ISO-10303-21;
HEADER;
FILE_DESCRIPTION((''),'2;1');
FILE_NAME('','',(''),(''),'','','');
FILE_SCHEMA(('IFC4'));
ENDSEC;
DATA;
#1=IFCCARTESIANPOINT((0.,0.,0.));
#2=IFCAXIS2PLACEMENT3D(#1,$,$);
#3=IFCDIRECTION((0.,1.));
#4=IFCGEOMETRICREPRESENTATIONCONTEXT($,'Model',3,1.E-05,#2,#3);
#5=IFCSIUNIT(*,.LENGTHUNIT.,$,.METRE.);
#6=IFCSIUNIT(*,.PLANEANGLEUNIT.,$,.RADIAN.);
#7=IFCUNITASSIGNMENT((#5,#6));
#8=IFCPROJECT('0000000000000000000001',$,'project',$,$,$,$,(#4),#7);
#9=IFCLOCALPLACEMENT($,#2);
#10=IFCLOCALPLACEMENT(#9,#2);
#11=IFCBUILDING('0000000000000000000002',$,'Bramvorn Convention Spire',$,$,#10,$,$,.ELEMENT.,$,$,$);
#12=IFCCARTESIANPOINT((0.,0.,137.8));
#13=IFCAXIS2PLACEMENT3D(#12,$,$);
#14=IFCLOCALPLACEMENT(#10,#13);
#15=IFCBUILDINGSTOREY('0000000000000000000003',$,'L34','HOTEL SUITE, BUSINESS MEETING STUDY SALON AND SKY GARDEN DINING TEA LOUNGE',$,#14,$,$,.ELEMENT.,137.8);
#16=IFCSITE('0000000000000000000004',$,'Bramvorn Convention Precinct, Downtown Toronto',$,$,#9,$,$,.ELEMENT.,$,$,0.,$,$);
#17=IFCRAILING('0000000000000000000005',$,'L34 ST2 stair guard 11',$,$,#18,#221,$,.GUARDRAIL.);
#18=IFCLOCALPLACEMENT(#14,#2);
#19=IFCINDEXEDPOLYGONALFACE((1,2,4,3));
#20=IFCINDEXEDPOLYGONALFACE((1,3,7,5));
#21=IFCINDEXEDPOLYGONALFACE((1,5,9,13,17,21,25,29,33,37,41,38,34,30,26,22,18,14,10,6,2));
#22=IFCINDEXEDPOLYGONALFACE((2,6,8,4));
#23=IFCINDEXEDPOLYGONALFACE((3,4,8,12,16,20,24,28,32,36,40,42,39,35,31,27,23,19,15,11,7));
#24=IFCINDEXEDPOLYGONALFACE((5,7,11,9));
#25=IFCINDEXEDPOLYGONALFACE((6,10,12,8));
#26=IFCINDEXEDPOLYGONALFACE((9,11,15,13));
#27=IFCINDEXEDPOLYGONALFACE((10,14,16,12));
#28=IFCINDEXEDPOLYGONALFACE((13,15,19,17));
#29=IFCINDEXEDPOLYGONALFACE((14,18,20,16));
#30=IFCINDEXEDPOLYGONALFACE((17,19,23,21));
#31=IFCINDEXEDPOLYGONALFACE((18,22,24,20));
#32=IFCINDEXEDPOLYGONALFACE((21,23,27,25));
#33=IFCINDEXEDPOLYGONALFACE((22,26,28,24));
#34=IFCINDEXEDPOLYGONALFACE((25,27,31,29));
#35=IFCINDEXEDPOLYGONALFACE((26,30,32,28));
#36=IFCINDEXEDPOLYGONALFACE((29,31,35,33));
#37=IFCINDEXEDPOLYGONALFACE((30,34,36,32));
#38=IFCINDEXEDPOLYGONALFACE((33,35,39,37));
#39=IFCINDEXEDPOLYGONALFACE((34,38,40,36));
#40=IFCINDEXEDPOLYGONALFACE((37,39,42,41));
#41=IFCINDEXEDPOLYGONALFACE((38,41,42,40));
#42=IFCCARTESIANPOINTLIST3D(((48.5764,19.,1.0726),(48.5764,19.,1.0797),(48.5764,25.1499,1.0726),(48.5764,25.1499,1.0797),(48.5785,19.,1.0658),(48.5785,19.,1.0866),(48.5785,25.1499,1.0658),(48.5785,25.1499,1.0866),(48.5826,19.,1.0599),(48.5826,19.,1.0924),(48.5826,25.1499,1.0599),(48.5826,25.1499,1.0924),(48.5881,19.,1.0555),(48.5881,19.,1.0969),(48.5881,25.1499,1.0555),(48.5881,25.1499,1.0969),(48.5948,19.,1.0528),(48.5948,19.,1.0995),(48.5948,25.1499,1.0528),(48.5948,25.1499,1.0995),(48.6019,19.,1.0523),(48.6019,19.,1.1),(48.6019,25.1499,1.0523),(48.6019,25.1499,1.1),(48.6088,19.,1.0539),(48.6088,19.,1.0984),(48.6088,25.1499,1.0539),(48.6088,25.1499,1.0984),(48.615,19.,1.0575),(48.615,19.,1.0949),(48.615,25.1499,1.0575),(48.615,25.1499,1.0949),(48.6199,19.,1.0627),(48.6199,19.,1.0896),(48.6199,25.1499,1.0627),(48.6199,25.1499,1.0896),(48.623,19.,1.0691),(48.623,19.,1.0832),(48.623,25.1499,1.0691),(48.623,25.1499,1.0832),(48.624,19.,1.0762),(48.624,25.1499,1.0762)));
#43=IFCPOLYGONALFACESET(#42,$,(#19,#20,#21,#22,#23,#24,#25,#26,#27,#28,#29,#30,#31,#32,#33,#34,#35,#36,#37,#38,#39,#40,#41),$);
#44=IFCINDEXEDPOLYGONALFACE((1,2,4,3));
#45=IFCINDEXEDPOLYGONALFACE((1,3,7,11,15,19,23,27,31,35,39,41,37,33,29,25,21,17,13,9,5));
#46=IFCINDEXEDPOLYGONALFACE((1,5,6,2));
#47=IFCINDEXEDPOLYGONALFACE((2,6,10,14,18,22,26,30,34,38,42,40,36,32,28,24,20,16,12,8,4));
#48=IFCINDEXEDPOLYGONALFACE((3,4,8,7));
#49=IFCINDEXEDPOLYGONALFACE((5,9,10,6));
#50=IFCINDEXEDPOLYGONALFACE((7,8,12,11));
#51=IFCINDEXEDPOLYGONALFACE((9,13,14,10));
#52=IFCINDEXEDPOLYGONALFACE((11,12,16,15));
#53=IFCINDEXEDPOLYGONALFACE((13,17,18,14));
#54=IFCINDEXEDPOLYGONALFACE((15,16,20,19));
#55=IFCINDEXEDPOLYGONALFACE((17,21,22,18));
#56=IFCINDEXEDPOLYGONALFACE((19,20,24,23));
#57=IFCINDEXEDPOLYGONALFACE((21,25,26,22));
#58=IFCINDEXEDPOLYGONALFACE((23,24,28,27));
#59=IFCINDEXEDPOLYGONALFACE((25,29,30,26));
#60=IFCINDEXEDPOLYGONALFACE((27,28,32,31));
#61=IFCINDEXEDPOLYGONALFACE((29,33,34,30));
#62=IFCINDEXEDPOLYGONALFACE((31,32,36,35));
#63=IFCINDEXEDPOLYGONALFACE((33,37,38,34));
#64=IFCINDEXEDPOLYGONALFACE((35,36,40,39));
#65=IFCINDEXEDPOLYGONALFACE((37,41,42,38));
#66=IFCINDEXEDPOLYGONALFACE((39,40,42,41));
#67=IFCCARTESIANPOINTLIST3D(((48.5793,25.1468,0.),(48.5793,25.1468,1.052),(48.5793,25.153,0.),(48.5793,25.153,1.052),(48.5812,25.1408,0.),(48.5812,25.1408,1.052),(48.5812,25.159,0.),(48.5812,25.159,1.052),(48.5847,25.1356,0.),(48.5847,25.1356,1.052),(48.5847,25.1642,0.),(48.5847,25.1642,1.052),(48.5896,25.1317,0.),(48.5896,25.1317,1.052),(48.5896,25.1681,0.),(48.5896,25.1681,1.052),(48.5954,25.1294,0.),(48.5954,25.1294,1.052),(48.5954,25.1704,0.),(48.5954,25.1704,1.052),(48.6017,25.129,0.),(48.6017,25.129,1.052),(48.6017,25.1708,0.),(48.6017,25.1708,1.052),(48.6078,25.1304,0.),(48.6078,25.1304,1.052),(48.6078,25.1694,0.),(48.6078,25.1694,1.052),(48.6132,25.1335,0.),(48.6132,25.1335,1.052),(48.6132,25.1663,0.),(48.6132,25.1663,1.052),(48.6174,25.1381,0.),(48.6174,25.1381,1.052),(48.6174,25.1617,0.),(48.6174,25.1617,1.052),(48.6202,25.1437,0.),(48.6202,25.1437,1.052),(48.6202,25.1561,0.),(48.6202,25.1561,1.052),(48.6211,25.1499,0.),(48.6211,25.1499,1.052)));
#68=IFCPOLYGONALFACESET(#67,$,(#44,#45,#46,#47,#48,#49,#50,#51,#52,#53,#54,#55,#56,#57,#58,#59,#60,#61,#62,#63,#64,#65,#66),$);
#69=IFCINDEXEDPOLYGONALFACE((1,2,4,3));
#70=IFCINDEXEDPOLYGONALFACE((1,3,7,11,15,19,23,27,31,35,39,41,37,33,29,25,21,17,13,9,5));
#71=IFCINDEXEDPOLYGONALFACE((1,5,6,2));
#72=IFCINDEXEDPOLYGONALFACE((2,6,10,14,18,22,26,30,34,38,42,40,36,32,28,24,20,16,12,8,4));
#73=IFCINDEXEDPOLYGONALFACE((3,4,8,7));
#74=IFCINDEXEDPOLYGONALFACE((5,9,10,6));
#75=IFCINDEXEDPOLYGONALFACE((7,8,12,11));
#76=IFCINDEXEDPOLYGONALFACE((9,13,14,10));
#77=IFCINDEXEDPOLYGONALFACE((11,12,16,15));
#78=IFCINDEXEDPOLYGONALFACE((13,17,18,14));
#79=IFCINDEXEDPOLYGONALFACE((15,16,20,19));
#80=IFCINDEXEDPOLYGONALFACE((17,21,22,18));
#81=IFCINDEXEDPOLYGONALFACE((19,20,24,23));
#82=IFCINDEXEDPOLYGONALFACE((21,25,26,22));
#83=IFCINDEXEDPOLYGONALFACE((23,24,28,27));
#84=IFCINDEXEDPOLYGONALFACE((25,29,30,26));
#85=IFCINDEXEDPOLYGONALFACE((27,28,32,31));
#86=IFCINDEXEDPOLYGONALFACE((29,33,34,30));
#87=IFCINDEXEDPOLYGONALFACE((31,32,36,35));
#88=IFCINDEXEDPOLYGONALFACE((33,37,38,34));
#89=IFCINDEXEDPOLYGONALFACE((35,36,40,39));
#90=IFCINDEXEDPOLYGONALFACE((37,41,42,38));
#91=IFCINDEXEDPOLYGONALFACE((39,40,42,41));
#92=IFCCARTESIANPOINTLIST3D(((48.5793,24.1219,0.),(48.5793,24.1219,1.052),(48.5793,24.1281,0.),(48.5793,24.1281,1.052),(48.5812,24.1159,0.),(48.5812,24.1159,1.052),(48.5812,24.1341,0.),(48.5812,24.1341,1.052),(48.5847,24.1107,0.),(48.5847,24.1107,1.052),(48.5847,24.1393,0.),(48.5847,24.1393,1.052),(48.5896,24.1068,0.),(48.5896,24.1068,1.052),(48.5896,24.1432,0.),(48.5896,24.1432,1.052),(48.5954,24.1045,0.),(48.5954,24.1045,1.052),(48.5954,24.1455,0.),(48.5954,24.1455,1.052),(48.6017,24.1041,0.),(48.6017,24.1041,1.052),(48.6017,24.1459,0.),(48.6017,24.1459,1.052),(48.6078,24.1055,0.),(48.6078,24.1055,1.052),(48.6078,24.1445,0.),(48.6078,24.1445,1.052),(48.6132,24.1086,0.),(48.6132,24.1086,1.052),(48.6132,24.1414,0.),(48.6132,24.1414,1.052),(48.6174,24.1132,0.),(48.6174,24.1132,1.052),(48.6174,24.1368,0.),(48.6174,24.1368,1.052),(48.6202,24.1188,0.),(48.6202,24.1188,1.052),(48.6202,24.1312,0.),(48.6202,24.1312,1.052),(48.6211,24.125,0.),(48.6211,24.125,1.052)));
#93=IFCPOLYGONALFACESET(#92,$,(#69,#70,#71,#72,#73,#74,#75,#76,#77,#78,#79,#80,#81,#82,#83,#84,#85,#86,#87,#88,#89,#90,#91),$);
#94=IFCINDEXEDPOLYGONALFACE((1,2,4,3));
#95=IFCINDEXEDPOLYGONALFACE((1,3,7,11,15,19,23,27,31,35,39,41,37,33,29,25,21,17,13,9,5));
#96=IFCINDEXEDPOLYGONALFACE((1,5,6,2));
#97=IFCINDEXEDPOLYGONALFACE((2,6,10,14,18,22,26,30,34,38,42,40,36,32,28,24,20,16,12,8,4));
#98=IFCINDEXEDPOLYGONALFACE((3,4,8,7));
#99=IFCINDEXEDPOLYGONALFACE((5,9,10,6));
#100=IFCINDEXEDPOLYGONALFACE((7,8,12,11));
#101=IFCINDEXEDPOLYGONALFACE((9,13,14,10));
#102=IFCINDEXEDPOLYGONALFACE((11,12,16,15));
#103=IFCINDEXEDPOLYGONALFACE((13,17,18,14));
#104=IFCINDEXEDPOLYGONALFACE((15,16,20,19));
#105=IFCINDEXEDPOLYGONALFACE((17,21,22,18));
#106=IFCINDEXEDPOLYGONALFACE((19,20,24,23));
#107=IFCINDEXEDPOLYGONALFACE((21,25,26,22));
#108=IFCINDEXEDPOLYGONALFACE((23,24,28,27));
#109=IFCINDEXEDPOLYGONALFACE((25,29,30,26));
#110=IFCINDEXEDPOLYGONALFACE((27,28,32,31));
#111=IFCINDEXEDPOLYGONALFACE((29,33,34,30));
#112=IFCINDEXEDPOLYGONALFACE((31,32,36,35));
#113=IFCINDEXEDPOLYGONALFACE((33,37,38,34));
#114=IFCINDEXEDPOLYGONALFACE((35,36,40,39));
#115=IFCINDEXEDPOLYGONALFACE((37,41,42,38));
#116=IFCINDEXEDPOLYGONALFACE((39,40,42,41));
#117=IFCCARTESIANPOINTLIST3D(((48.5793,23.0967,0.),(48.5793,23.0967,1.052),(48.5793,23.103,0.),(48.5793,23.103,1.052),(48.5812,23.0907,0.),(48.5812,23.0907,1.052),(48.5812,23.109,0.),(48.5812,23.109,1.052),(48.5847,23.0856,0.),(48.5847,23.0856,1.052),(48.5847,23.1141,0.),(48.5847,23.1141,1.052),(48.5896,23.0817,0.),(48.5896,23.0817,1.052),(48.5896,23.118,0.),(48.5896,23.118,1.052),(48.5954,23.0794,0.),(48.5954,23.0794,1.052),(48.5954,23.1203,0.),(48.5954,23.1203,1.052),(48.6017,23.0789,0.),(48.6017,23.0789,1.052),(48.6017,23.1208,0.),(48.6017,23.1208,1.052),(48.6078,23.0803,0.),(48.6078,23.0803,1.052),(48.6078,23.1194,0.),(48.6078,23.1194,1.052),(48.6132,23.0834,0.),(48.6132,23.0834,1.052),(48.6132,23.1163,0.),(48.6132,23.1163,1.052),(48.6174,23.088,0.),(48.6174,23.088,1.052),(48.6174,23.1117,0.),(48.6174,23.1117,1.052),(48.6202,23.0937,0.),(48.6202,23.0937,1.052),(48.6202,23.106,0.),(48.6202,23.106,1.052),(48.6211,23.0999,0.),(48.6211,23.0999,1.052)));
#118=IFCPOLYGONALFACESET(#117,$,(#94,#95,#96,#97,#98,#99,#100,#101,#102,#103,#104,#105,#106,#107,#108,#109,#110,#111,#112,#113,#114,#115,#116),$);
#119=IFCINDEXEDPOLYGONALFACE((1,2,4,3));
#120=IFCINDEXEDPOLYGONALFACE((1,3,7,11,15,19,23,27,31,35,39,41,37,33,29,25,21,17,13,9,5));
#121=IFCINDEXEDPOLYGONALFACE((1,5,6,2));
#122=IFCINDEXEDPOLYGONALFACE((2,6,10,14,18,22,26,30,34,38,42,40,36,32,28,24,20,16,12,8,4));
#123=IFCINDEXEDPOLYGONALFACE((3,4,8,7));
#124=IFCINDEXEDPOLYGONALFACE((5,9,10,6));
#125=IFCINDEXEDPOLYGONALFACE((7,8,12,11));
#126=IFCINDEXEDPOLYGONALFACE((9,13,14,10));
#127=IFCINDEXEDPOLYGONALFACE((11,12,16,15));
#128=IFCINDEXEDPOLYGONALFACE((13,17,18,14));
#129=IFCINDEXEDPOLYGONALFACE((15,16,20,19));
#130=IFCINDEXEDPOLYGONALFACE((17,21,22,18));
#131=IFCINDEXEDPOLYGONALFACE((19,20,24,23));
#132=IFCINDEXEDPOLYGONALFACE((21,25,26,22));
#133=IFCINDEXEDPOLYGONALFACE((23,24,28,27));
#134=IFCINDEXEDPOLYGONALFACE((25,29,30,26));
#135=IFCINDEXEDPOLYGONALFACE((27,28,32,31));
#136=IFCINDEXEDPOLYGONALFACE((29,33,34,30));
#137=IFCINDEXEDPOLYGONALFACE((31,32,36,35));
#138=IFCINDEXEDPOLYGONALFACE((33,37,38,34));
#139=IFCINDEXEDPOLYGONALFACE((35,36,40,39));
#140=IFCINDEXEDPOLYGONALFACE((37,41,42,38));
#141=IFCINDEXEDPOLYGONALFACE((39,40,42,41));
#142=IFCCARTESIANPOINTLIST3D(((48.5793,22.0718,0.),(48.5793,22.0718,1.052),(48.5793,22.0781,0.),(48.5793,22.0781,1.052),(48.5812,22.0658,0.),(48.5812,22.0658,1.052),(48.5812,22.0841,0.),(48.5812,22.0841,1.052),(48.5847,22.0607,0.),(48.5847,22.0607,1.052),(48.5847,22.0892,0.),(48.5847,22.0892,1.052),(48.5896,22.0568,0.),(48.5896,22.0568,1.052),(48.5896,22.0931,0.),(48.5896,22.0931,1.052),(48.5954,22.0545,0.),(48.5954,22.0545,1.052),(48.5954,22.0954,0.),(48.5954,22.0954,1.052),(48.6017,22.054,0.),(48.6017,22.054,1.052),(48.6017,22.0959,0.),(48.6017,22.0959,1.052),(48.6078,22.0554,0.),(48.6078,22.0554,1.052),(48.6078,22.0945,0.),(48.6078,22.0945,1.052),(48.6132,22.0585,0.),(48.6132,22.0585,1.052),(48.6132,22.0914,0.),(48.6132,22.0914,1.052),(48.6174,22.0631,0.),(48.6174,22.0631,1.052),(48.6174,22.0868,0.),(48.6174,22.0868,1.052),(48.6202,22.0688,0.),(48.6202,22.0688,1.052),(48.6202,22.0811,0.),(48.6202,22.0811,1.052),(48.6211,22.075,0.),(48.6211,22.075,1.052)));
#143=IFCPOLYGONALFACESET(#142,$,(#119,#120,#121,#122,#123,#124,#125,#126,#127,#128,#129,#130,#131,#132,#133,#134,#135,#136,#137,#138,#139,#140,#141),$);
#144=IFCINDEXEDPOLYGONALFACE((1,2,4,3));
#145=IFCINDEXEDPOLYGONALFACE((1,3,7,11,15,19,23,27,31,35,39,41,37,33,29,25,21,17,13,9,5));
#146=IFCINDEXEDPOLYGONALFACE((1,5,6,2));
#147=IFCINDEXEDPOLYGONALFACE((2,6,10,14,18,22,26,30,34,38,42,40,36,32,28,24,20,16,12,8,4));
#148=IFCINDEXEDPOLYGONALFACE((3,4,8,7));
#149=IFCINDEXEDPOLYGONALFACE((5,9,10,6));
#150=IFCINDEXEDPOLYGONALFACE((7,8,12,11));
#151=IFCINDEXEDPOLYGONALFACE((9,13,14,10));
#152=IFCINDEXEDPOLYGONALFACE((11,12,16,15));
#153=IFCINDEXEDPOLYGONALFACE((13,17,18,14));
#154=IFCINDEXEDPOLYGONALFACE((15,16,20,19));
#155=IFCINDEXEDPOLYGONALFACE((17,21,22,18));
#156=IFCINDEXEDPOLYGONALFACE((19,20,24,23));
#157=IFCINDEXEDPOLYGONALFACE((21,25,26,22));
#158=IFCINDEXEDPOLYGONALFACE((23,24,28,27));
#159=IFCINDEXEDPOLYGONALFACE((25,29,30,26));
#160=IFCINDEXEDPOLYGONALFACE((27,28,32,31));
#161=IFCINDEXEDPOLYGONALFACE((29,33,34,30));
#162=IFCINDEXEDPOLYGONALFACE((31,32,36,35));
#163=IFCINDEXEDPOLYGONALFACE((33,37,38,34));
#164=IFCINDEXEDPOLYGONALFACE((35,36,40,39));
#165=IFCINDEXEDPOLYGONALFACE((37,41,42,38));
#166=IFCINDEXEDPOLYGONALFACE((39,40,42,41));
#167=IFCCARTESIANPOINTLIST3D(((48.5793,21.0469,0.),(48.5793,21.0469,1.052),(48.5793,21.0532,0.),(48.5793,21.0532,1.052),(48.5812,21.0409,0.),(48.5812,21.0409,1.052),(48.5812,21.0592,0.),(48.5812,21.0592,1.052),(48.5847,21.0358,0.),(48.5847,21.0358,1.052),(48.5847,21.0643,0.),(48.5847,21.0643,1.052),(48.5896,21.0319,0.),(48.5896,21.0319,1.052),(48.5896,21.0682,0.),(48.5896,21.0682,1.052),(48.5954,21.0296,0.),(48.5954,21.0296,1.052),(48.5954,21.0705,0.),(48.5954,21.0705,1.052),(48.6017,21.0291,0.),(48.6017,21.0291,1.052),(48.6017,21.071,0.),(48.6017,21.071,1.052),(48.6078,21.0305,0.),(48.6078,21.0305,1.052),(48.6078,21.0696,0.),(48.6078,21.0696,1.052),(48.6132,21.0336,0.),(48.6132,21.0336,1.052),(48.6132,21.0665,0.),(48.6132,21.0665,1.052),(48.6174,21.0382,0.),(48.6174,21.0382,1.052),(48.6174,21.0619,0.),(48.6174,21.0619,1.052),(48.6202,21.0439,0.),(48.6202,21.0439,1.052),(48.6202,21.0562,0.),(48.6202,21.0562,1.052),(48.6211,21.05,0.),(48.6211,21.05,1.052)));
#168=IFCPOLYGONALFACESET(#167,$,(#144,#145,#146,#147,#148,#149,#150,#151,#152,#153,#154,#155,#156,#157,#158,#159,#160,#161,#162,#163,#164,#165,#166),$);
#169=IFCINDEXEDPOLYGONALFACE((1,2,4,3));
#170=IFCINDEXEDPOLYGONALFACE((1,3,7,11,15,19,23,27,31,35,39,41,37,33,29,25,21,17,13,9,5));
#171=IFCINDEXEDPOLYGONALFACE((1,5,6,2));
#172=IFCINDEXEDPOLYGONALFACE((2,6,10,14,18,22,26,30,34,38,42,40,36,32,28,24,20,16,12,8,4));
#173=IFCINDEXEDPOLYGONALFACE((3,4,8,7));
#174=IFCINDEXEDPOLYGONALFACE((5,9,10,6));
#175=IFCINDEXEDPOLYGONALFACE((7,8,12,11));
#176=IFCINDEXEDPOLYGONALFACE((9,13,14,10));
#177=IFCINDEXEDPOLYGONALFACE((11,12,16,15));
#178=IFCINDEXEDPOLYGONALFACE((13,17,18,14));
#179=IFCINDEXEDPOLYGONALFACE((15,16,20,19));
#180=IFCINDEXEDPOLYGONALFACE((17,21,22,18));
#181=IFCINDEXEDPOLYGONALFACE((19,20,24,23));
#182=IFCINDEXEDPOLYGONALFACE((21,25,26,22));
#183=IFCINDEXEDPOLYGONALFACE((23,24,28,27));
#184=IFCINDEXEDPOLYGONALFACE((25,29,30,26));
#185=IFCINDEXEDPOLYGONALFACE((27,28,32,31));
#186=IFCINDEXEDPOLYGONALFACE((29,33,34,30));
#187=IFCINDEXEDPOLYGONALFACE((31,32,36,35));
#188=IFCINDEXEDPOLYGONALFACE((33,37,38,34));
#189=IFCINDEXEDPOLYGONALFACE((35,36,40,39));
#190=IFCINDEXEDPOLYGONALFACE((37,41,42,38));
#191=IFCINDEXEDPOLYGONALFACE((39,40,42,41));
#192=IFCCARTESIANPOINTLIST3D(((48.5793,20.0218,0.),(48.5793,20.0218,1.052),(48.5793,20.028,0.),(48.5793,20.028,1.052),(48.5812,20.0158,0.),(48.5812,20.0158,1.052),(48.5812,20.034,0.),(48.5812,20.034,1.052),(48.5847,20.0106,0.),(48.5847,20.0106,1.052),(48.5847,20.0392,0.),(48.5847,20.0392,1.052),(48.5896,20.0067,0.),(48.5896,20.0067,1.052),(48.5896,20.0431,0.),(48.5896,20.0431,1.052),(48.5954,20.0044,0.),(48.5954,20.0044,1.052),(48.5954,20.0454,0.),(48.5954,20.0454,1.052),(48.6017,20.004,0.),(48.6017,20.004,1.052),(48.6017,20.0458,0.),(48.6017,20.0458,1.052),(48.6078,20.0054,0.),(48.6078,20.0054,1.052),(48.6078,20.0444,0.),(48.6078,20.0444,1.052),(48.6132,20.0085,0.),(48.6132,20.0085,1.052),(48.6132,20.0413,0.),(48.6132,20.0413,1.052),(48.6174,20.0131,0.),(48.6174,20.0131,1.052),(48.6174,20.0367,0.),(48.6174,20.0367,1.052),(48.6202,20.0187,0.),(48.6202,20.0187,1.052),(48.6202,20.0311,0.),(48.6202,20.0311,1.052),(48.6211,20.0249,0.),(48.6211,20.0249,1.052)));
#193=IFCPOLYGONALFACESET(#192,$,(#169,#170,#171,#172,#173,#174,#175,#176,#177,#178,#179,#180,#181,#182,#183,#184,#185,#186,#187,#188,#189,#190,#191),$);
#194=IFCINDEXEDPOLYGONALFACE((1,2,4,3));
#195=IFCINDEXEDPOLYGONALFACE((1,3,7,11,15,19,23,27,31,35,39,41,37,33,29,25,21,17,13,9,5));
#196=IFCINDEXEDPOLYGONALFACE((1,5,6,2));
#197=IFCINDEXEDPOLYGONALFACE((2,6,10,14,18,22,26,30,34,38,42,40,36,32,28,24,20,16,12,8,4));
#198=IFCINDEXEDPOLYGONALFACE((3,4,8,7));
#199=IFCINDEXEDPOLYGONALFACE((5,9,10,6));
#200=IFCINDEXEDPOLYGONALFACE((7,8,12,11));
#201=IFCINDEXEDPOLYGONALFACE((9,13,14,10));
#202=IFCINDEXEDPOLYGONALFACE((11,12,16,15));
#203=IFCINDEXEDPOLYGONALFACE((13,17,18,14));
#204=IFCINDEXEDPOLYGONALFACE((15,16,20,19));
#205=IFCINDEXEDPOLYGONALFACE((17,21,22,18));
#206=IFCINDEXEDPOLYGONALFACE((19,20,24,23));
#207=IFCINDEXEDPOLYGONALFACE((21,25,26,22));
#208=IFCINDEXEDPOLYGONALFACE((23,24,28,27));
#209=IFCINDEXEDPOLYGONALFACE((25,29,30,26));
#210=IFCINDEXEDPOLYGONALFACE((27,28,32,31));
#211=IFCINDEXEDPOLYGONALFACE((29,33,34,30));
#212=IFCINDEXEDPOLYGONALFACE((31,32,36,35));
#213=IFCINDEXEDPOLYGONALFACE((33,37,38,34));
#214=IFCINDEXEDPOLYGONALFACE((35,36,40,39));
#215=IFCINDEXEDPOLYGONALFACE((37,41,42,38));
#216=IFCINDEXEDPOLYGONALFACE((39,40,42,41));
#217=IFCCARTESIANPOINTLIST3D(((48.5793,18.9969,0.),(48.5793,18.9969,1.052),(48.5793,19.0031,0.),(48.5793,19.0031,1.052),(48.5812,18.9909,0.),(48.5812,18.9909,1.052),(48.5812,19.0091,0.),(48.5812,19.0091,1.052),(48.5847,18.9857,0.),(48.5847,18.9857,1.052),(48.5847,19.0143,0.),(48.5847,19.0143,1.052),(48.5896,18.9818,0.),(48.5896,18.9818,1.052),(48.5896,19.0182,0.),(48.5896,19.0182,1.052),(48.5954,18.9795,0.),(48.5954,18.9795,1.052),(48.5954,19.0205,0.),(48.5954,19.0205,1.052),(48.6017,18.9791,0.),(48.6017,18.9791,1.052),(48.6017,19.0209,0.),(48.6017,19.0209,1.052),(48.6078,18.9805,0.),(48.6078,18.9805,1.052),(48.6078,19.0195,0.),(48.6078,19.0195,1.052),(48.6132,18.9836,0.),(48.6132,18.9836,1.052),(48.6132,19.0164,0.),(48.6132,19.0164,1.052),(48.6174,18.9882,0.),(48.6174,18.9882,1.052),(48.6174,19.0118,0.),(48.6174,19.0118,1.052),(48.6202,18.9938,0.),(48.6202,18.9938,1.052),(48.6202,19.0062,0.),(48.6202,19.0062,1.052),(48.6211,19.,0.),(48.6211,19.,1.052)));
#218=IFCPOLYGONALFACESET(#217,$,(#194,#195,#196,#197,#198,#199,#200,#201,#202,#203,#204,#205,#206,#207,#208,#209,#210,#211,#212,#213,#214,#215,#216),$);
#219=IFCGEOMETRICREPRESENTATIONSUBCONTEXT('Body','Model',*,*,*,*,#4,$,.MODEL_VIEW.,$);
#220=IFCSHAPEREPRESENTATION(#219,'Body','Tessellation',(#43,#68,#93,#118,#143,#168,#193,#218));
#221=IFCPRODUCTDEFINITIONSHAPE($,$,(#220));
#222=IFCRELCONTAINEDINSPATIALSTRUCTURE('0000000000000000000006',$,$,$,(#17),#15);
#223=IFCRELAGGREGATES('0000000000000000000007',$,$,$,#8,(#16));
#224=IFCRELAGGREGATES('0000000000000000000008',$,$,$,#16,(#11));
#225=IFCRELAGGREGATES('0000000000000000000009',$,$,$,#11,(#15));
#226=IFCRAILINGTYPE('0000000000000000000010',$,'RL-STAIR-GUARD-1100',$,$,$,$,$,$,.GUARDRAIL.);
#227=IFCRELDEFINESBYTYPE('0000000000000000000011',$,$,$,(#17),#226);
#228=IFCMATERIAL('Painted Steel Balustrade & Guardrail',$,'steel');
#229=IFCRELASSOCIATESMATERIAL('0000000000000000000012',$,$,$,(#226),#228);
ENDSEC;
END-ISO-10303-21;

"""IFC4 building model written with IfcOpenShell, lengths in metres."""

from ifc_helpers import new_model, si_unit, direction, frame, origin, origin_2d, place, context, subcontext, project, spatial, circle, extrude, material, type_object, element, save


model = new_model("IFC4")

# Units and contexts
model_context = context("Model", 3, precision=1e-05, world=origin(), true_north=direction((0.0, 1.0)))
body_context = subcontext(model_context, "Body", "Model", "MODEL_VIEW")
ifc_project = project(units=[si_unit("LENGTHUNIT", "METRE"), si_unit("PLANEANGLEUNIT", "RADIAN")], contexts=[model_context])

# Site, building, storey
site_placement = place(None, origin())
site = spatial("IfcSite", under=ifc_project, at=site_placement, Name="Bramvorn Convention Precinct, Downtown Toronto", CompositionType="ELEMENT", RefElevation=0.0)
building_placement = place(site_placement, origin())
building = spatial("IfcBuilding", under=site, at=building_placement, Name="Bramvorn Convention Spire", CompositionType="ELEMENT")
storey_placement = place(building_placement, frame((0.0, 0.0, 137.8)))
storey = spatial("IfcBuildingStorey", under=building, at=storey_placement, Name="L34", Description="HOTEL SUITE, BUSINESS MEETING STUDY SALON AND SKY GARDEN DINING TEA LOUNGE", CompositionType="ELEMENT", Elevation=137.8)

# Railing
ifc_material_1 = material(Name="Painted Steel Balustrade & Guardrail", Category="steel")
railing_type_1 = type_object("IfcRailingType", Name="RL-STAIR-GUARD-1100", PredefinedType="GUARDRAIL", material=ifc_material_1)
railing_1_placement = place(storey_placement, frame((48.6001, 25.1499, 0.0)))
element("IfcRailing", 1, at=railing_1_placement, inside=storey, type_object=railing_type_1, Name="L34 ST2 stair guard 11", PredefinedType="GUARDRAIL", context=body_context, shape_type="SweptSolid", body=[
    extrude(circle(Radius=0.0239, at=origin_2d()), frame((0.0, 0.0, 1.0762), z_axis=(0.0, -1.0, 0.0), x_axis=(1.0, 0.0, 0.0)), (0.0, 0.0, 1.0), 6.1499),
    extrude(circle(Radius=0.021, at=origin_2d()), origin(), (0.0, 0.0, 1.0), 1.052),
    extrude(circle(Radius=0.021, at=origin_2d()), frame((0.0, -1.0249, 0.0)), (0.0, 0.0, 1.0), 1.052),
    extrude(circle(Radius=0.021, at=origin_2d()), frame((0.0, -2.05, 0.0)), (0.0, 0.0, 1.0), 1.052),
    extrude(circle(Radius=0.021, at=origin_2d()), frame((0.0, -3.075, 0.0)), (0.0, 0.0, 1.0), 1.052),
    extrude(circle(Radius=0.021, at=origin_2d()), frame((0.0, -4.0999, 0.0)), (0.0, 0.0, 1.0), 1.052),
    extrude(circle(Radius=0.021, at=origin_2d()), frame((0.0, -5.125, 0.0)), (0.0, 0.0, 1.0), 1.052),
    extrude(circle(Radius=0.021, at=origin_2d()), frame((0.0, -6.1499, 0.0)), (0.0, 0.0, 1.0), 1.052),
])

save(model, "model.ifc")
